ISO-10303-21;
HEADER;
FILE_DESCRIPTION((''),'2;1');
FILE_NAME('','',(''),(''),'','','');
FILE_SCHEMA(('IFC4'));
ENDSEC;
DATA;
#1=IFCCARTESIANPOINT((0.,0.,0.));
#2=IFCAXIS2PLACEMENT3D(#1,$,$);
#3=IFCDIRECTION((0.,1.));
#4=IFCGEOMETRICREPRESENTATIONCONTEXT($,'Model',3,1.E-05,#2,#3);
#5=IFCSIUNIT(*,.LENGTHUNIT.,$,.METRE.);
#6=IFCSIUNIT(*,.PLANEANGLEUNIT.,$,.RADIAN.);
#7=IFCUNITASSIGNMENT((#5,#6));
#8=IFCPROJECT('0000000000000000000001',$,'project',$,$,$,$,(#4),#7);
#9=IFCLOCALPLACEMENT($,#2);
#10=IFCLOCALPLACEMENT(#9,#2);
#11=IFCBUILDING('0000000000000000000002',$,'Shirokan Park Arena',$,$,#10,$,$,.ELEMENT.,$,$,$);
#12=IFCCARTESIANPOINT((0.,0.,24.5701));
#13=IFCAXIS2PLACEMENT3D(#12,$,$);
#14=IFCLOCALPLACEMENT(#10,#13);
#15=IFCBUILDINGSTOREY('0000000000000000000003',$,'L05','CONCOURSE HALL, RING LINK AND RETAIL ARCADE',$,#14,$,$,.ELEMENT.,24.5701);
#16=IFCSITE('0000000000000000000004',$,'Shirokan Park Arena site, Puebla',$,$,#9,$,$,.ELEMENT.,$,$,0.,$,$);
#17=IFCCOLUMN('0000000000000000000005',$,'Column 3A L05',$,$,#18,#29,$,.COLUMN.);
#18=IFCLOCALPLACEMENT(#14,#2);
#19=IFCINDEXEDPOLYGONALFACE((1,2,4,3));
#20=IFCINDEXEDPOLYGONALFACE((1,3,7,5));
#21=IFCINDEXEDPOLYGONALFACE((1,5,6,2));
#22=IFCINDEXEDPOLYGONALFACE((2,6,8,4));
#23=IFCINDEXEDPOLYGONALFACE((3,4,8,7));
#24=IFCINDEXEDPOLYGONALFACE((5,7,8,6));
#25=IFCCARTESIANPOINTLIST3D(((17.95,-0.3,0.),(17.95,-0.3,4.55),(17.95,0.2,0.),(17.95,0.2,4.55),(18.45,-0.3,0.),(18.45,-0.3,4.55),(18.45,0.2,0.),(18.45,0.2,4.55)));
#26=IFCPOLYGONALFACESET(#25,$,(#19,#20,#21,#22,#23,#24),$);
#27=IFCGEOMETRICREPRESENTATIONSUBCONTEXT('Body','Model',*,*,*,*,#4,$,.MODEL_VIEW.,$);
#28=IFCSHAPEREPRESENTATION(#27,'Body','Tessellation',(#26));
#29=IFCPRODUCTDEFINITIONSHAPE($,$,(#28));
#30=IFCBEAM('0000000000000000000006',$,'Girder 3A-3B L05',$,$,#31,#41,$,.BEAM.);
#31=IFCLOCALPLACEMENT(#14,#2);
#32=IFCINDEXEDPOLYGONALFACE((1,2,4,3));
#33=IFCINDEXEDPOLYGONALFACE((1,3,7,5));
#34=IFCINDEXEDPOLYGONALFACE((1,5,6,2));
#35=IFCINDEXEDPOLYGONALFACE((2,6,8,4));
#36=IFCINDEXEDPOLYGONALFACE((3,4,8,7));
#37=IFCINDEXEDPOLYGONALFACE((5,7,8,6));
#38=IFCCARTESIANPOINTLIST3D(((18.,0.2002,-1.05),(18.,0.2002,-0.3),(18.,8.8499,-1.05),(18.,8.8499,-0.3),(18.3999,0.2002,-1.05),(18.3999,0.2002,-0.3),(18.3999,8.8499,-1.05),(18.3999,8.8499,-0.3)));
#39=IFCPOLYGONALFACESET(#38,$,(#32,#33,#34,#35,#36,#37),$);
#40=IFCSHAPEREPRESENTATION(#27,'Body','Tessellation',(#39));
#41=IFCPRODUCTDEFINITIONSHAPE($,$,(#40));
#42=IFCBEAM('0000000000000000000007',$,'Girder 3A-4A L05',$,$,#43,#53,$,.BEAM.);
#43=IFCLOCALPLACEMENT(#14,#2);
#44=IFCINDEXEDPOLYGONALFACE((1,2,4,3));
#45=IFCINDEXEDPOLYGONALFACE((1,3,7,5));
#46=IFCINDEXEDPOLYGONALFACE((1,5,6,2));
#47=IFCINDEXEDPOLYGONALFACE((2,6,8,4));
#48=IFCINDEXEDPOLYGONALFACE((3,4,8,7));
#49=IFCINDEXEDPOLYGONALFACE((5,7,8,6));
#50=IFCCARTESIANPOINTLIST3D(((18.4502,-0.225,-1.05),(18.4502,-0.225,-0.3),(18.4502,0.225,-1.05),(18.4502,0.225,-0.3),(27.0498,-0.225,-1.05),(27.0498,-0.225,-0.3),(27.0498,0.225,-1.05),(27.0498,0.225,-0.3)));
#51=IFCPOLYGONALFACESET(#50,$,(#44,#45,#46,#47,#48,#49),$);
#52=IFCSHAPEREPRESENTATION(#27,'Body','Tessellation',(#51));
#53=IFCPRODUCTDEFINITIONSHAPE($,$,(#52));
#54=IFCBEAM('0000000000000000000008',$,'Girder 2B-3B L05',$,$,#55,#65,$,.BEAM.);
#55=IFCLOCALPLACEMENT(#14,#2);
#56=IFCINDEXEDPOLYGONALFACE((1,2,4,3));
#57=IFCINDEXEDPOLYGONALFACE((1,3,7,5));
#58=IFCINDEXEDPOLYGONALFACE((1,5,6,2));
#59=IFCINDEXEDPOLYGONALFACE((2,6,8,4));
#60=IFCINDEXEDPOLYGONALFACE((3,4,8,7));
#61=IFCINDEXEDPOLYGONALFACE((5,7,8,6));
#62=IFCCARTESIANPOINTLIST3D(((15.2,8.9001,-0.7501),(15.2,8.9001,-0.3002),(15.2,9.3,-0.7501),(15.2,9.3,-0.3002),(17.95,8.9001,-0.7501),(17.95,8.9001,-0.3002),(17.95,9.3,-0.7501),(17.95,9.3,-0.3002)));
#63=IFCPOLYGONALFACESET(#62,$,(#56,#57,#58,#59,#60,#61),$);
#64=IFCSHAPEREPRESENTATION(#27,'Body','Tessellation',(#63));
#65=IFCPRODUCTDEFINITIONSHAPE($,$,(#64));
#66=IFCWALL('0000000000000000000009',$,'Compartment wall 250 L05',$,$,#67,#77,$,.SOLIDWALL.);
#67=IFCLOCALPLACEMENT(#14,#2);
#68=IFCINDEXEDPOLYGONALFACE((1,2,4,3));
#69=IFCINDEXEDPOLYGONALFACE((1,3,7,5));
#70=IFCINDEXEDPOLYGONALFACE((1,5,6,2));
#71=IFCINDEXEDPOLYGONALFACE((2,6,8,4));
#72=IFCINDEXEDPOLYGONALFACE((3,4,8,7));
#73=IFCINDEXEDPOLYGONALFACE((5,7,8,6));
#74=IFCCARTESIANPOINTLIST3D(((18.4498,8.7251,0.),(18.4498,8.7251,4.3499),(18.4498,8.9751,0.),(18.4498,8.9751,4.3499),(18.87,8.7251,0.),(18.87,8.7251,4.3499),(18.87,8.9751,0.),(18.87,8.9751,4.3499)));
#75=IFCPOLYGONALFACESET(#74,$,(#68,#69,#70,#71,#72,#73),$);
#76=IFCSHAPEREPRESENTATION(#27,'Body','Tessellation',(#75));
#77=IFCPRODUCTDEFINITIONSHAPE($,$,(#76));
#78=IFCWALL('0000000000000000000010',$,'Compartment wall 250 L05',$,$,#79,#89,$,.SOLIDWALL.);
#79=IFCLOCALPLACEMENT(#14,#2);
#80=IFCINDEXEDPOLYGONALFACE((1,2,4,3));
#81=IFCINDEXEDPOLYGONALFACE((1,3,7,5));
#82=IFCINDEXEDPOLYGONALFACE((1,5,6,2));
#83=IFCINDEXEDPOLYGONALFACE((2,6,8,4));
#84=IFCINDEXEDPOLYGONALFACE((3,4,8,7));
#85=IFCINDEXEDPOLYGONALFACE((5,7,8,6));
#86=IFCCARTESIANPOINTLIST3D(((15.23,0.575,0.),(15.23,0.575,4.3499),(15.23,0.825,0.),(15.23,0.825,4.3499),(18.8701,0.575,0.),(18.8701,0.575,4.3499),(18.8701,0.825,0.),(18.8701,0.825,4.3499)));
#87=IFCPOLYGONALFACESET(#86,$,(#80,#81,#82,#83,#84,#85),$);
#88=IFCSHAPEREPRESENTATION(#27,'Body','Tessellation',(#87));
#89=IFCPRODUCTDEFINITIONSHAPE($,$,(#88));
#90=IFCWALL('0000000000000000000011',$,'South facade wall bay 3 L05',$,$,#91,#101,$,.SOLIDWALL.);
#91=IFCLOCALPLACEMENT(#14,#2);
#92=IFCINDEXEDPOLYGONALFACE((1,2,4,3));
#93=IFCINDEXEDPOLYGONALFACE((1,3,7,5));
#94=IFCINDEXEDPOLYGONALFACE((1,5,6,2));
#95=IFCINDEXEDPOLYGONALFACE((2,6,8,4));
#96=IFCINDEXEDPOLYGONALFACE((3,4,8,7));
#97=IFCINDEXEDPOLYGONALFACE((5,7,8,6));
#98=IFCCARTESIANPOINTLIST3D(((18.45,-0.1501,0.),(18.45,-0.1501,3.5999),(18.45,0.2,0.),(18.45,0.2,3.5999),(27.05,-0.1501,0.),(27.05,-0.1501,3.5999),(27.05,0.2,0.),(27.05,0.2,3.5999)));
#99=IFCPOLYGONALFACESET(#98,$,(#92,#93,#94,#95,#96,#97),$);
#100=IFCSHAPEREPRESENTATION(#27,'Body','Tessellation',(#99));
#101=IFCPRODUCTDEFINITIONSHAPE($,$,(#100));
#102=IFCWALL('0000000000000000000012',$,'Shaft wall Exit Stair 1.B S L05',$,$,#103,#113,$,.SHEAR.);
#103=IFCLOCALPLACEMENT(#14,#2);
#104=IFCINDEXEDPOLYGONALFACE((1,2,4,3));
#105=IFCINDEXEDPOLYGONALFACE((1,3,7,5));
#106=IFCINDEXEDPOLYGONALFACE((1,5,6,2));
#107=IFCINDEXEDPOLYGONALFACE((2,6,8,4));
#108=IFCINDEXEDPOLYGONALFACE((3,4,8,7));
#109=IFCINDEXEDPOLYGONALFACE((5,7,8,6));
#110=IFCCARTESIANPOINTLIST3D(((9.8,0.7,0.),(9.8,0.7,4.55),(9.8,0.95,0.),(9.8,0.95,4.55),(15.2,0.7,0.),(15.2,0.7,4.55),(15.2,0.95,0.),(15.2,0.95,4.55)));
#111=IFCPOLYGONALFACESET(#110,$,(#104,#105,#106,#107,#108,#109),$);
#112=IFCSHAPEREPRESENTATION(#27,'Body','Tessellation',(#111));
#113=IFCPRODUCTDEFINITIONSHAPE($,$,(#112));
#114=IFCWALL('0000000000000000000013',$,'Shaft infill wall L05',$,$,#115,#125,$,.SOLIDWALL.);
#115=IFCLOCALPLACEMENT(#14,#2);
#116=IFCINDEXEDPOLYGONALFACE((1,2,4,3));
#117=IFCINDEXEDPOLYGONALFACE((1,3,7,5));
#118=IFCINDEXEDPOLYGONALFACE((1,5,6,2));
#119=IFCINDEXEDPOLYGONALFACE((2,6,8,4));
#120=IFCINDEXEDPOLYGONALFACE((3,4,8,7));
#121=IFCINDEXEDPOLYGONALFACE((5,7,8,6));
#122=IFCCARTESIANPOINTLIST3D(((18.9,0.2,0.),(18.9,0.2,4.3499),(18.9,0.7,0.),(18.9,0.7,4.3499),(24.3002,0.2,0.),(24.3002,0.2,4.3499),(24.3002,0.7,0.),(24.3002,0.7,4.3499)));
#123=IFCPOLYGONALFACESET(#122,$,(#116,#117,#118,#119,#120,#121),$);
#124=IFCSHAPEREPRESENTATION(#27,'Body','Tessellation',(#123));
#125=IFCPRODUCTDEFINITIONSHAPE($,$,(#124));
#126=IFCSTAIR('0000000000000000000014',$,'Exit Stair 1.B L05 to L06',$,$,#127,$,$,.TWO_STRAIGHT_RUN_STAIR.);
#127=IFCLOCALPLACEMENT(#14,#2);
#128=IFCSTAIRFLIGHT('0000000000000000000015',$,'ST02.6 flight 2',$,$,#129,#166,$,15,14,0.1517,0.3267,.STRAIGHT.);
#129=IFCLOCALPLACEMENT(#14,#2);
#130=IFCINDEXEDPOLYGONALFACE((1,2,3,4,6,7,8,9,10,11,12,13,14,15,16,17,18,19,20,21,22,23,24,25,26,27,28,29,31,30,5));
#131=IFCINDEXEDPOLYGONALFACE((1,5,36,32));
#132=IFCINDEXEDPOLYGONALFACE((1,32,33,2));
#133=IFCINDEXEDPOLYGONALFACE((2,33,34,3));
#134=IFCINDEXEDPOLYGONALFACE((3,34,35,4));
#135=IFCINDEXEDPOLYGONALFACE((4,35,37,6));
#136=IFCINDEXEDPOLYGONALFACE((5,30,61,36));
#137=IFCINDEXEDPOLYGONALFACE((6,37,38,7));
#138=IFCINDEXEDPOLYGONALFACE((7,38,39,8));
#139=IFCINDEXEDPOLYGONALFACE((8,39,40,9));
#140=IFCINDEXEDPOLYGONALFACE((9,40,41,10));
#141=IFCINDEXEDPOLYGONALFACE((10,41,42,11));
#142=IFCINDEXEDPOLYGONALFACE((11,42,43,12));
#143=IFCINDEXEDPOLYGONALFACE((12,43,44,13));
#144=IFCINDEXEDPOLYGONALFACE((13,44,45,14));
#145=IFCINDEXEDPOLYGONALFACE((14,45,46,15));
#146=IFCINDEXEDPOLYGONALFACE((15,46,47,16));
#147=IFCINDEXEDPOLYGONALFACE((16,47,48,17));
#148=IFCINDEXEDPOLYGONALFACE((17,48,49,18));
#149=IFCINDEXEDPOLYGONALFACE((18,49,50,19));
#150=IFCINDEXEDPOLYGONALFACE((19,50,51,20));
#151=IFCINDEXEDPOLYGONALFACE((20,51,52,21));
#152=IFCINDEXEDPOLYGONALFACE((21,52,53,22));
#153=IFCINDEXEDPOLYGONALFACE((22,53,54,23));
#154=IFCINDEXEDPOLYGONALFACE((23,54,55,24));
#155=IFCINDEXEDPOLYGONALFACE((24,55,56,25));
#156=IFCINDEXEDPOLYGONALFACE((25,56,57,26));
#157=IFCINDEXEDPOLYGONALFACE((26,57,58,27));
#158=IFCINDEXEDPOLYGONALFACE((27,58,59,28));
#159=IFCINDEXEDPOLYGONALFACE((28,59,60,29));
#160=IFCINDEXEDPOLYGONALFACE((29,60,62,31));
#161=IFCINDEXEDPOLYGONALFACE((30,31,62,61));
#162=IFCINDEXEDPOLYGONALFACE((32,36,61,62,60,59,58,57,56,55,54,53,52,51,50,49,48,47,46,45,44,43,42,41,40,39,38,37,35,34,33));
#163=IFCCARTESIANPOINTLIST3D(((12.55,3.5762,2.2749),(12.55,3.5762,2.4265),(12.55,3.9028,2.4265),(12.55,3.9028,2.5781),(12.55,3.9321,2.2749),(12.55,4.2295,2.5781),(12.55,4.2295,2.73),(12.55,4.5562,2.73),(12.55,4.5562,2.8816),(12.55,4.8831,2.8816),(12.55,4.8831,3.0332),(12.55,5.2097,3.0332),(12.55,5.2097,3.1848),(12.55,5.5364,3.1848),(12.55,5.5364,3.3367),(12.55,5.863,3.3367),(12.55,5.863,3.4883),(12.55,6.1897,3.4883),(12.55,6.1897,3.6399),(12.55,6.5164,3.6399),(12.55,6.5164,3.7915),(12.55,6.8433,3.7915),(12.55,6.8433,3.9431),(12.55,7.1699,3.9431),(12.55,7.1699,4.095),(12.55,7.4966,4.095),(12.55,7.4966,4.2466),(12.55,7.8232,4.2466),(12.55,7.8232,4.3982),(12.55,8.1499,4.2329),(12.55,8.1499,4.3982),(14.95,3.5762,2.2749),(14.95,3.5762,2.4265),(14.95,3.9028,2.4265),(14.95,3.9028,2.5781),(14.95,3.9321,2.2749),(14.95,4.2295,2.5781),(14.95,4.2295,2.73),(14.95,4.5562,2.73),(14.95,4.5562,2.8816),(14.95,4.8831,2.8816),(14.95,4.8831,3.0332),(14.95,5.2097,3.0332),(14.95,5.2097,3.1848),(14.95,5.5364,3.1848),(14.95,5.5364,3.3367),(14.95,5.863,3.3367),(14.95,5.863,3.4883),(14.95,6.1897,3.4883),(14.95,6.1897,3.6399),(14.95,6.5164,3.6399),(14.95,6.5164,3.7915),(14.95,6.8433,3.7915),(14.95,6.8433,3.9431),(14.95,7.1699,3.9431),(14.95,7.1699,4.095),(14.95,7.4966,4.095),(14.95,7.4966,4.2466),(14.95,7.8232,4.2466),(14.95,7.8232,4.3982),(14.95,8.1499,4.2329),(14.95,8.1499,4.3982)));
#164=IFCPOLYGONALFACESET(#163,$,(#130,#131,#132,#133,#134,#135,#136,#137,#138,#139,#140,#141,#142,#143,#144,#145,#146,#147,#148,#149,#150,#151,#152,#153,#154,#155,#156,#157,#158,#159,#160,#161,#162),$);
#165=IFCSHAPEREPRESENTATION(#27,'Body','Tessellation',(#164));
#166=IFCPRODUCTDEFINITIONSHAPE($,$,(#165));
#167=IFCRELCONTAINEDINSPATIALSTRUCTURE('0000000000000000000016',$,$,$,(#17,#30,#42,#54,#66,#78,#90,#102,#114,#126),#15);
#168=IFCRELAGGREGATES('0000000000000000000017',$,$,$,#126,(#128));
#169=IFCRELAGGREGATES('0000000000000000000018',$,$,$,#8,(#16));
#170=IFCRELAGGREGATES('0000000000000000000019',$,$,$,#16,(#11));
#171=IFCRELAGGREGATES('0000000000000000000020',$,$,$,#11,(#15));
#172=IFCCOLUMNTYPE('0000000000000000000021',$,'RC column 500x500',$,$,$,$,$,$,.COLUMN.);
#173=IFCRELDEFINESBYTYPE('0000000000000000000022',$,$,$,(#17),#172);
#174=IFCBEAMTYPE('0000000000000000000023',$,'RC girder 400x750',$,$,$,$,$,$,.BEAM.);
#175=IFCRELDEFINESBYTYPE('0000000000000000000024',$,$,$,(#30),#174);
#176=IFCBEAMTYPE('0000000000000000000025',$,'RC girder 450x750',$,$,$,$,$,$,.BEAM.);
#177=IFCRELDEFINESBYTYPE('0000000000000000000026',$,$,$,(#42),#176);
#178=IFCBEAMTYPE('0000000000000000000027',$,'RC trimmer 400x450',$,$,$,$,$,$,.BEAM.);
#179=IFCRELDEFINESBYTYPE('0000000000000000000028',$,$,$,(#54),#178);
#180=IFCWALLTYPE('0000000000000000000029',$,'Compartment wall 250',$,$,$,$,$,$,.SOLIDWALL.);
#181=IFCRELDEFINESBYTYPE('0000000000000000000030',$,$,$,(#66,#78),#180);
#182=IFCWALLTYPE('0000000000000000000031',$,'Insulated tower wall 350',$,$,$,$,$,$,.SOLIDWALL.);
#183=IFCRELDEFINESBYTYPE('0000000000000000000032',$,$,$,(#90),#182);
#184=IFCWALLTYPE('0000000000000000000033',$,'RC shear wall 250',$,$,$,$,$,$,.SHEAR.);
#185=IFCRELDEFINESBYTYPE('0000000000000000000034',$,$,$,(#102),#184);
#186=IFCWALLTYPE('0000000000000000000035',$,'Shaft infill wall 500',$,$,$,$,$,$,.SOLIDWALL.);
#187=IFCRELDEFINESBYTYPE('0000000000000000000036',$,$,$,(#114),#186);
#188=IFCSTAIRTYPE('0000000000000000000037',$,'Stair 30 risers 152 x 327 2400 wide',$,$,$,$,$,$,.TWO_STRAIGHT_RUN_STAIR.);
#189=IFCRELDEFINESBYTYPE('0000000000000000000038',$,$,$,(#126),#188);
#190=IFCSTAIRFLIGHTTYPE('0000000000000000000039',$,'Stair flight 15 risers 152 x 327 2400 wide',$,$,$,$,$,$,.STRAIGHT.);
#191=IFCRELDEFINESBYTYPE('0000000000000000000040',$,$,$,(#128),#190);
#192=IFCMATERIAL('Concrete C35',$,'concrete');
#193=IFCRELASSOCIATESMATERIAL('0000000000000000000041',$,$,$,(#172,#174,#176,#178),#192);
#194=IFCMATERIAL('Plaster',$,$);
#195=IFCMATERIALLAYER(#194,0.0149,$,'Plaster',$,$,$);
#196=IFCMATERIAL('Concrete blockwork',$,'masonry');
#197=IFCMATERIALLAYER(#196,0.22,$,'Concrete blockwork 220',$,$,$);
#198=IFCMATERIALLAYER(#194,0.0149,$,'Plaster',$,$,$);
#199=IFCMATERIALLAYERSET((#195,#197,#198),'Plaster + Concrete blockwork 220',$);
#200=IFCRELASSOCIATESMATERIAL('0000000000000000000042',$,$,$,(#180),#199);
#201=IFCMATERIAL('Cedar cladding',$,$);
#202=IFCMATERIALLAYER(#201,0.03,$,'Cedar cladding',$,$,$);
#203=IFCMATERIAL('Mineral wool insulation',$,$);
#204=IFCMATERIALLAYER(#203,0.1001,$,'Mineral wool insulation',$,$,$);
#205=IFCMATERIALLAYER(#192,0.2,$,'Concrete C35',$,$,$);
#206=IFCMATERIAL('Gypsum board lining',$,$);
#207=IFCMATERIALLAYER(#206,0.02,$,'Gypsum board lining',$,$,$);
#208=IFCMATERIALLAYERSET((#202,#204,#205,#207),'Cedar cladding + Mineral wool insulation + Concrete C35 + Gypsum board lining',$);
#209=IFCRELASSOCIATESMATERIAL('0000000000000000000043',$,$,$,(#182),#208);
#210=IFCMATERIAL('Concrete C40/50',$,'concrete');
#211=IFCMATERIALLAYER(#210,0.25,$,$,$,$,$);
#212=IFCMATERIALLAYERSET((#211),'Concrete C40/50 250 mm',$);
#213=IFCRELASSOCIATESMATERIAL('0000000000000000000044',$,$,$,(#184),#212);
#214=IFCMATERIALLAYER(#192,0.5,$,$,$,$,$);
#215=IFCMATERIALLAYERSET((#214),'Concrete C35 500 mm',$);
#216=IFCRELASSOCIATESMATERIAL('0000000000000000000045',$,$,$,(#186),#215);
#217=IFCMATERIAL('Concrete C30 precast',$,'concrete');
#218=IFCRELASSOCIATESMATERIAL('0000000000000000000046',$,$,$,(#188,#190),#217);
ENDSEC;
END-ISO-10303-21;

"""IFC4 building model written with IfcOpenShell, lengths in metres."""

from ifc_helpers import new_model, si_unit, direction, frame, frame_2d, origin, origin_2d, place, context, subcontext, project, spatial, polyline, rectangle, outline, extrude, material, layer, layer_set, material_profile, profile_set, type_object, element, aggregate, save


model = new_model("IFC4")

# Units and contexts
model_context = context("Model", 3, precision=1e-05, world=origin(), true_north=direction((0.0, 1.0)))
body_context = subcontext(model_context, "Body", "Model", "MODEL_VIEW")
ifc_project = project(units=[si_unit("LENGTHUNIT", "METRE"), si_unit("PLANEANGLEUNIT", "RADIAN")], contexts=[model_context])

# Site, building, storey
site_placement = place(None, origin())
site = spatial("IfcSite", under=ifc_project, at=site_placement, Name="Shirokan Park Arena site, Puebla", CompositionType="ELEMENT", RefElevation=0.0)
building_placement = place(site_placement, origin())
building = spatial("IfcBuilding", under=site, at=building_placement, Name="Shirokan Park Arena", CompositionType="ELEMENT")
storey_placement = place(building_placement, frame((0.0, 0.0, 24.5701)))
storey = spatial("IfcBuildingStorey", under=building, at=storey_placement, Name="L05", Description="CONCOURSE HALL, RING LINK AND RETAIL ARCADE", CompositionType="ELEMENT", Elevation=24.5701)

# Column
ifc_material_1 = material(Name="Concrete C35", Category="concrete")
ifc_material_profile_1 = material_profile(ifc_material_1, rectangle(XDim=0.5, YDim=0.5, at=origin_2d()), Name="500x500")
ifc_profile_set_1 = profile_set([ifc_material_profile_1], Name="Concrete C35")
column_type = type_object("IfcColumnType", Name="RC column 500x500", PredefinedType="COLUMN", material=ifc_profile_set_1)
column_placement = place(storey_placement, frame((18.2, -0.05, 0.0), z_axis=(0.0, 0.0, 1.0), x_axis=(1.0, 0.0, 0.0)))
element("IfcColumn", 1, at=column_placement, inside=storey, type_object=column_type, Name="Column 3A L05", PredefinedType="COLUMN", context=body_context, shape_type="SweptSolid", body=[
    extrude(rectangle(XDim=0.5, YDim=0.5, at=origin_2d()), origin(), (0.0, 0.0, 1.0), 4.55),
])

# Beams
ifc_material_profile_2 = material_profile(ifc_material_1, rectangle(XDim=0.3999, YDim=0.75, at=origin_2d()), Name="400x750")
ifc_profile_set_2 = profile_set([ifc_material_profile_2], Name="Concrete C35")
beam_type_1 = type_object("IfcBeamType", Name="RC girder 400x750", PredefinedType="BEAM", material=ifc_profile_set_2)
beam_1_placement = place(storey_placement, frame((18.2, 0.2002, -0.675), z_axis=(0.0, 1.0, 0.0), x_axis=(-1.0, 0.0, 0.0)))
element("IfcBeam", 2, at=beam_1_placement, inside=storey, type_object=beam_type_1, Name="Girder 3A-3B L05", PredefinedType="BEAM", context=body_context, shape_type="SweptSolid", body=[
    extrude(rectangle(XDim=0.3999, YDim=0.75, at=origin_2d()), origin(), (0.0, 0.0, 1.0), 8.6497),
])
ifc_material_profile_3 = material_profile(ifc_material_1, rectangle(XDim=0.45, YDim=0.75, at=origin_2d()), Name="450x750")
ifc_profile_set_3 = profile_set([ifc_material_profile_3], Name="Concrete C35")
beam_type_2 = type_object("IfcBeamType", Name="RC girder 450x750", PredefinedType="BEAM", material=ifc_profile_set_3)
beam_2_placement = place(storey_placement, frame((18.4502, 0.0, -0.675), z_axis=(1.0, 0.0, 0.0), x_axis=(0.0, 1.0, 0.0)))
element("IfcBeam", 3, at=beam_2_placement, inside=storey, type_object=beam_type_2, Name="Girder 3A-4A L05", PredefinedType="BEAM", context=body_context, shape_type="SweptSolid", body=[
    extrude(rectangle(XDim=0.45, YDim=0.75, at=origin_2d()), origin(), (0.0, 0.0, 1.0), 8.5996),
])
ifc_material_profile_4 = material_profile(ifc_material_1, rectangle(XDim=0.3999, YDim=0.45, at=origin_2d()), Name="400x450")
ifc_profile_set_4 = profile_set([ifc_material_profile_4], Name="Concrete C35")
beam_type_3 = type_object("IfcBeamType", Name="RC trimmer 400x450", PredefinedType="BEAM", material=ifc_profile_set_4)
beam_3_placement = place(storey_placement, frame((15.2, 9.1001, -0.5251), z_axis=(1.0, 0.0, 0.0), x_axis=(0.0, 1.0, 0.0)))
element("IfcBeam", 4, at=beam_3_placement, inside=storey, type_object=beam_type_3, Name="Girder 2B-3B L05", PredefinedType="BEAM", context=body_context, shape_type="SweptSolid", body=[
    extrude(rectangle(XDim=0.3999, YDim=0.45, at=origin_2d()), origin(), (0.0, 0.0, 1.0), 2.75),
])

# Walls
ifc_material_2 = material(Name="Plaster")
ifc_layer_1 = layer(ifc_material_2, 0.0149, Name="Plaster")
ifc_material_3 = material(Name="Concrete blockwork", Category="masonry")
ifc_layer_2 = layer(ifc_material_3, 0.22, Name="Concrete blockwork 220")
ifc_layer_3 = layer(ifc_material_2, 0.0149, Name="Plaster")
ifc_layer_set_1 = layer_set([ifc_layer_1, ifc_layer_2, ifc_layer_3], Name="Plaster + Concrete blockwork 220")
wall_type_1 = type_object("IfcWallType", Name="Compartment wall 250", PredefinedType="SOLIDWALL", material=ifc_layer_set_1)
wall_1_placement = place(storey_placement, frame((18.45, 8.8501, 0.0), z_axis=(0.0, 0.0, 1.0), x_axis=(1.0, 0.0, 0.0)))
element("IfcWall", 5, at=wall_1_placement, inside=storey, type_object=wall_type_1, Name="Compartment wall 250 L05", PredefinedType="SOLIDWALL", context=body_context, shape_type="SweptSolid", body=[
    extrude(rectangle(XDim=0.4202, YDim=0.25, at=frame_2d((0.21, 0.0))), origin(), (0.0, 0.0, 1.0), 4.3499),
])
wall_2_placement = place(storey_placement, frame((18.8701, 0.7, 0.0), z_axis=(0.0, 0.0, 1.0), x_axis=(-1.0, 0.0, 0.0)))
element("IfcWall", 6, at=wall_2_placement, inside=storey, type_object=wall_type_1, Name="Compartment wall 250 L05", PredefinedType="SOLIDWALL", context=body_context, shape_type="SweptSolid", body=[
    extrude(rectangle(XDim=3.6401, YDim=0.25, at=frame_2d((1.8201, 0.0))), origin(), (0.0, 0.0, 1.0), 4.3499),
])
ifc_material_4 = material(Name="Cedar cladding")
ifc_layer_4 = layer(ifc_material_4, 0.03, Name="Cedar cladding")
ifc_material_5 = material(Name="Mineral wool insulation")
ifc_layer_5 = layer(ifc_material_5, 0.1001, Name="Mineral wool insulation")
ifc_layer_6 = layer(ifc_material_1, 0.2, Name="Concrete C35")
ifc_material_6 = material(Name="Gypsum board lining")
ifc_layer_7 = layer(ifc_material_6, 0.02, Name="Gypsum board lining")
ifc_layer_set_2 = layer_set([ifc_layer_4, ifc_layer_5, ifc_layer_6, ifc_layer_7], Name="Cedar cladding + Mineral wool insulation + Concrete C35 + Gypsum board lining")
wall_type_2 = type_object("IfcWallType", Name="Insulated tower wall 350", PredefinedType="SOLIDWALL", material=ifc_layer_set_2)
wall_3_placement = place(storey_placement, frame((18.45, 0.0249, 0.0), z_axis=(0.0, 0.0, 1.0), x_axis=(1.0, 0.0, 0.0)))
element("IfcWall", 7, at=wall_3_placement, inside=storey, type_object=wall_type_2, Name="South facade wall bay 3 L05", PredefinedType="SOLIDWALL", context=body_context, shape_type="SweptSolid", body=[
    extrude(rectangle(XDim=8.6001, YDim=0.3501, at=frame_2d((4.3, 0.0))), origin(), (0.0, 0.0, 1.0), 3.5999),
])
ifc_material_7 = material(Name="Concrete C40/50", Category="concrete")
ifc_layer_8 = layer(ifc_material_7, 0.25)
ifc_layer_set_3 = layer_set([ifc_layer_8], Name="Concrete C40/50 250 mm")
wall_type_3 = type_object("IfcWallType", Name="RC shear wall 250", PredefinedType="SHEAR", material=ifc_layer_set_3)
wall_4_placement = place(storey_placement, frame((15.2, 0.825, 0.0), z_axis=(0.0, 0.0, 1.0), x_axis=(-1.0, 0.0, 0.0)))
element("IfcWall", 8, at=wall_4_placement, inside=storey, type_object=wall_type_3, Name="Shaft wall Exit Stair 1.B S L05", PredefinedType="SHEAR", context=body_context, shape_type="SweptSolid", body=[
    extrude(rectangle(XDim=5.3999, YDim=0.25, at=frame_2d((2.7, 0.0))), origin(), (0.0, 0.0, 1.0), 4.55),
])
ifc_layer_9 = layer(ifc_material_1, 0.5)
ifc_layer_set_4 = layer_set([ifc_layer_9], Name="Concrete C35 500 mm")
wall_type_4 = type_object("IfcWallType", Name="Shaft infill wall 500", PredefinedType="SOLIDWALL", material=ifc_layer_set_4)
wall_5_placement = place(storey_placement, frame((18.8999, 0.45, 0.0), z_axis=(0.0, 0.0, 1.0), x_axis=(1.0, 0.0, 0.0)))
element("IfcWall", 9, at=wall_5_placement, inside=storey, type_object=wall_type_4, Name="Shaft infill wall L05", PredefinedType="SOLIDWALL", context=body_context, shape_type="SweptSolid", body=[
    extrude(rectangle(XDim=5.4001, YDim=0.5, at=frame_2d((2.7002, 0.0))), origin(), (0.0, 0.0, 1.0), 4.3499),
])

# Stair, stair flight
ifc_material_8 = material(Name="Concrete C30 precast", Category="concrete")
stair_type = type_object("IfcStairType", Name="Stair 30 risers 152 x 327 2400 wide", PredefinedType="TWO_STRAIGHT_RUN_STAIR", material=ifc_material_8)
stair_1_placement = place(storey_placement, origin())
stair_1 = element("IfcStair", 10, at=stair_1_placement, inside=storey, type_object=stair_type, Name="Exit Stair 1.B L05 to L06", PredefinedType="TWO_STRAIGHT_RUN_STAIR")
stair_flight_type = type_object("IfcStairFlightType", Name="Stair flight 15 risers 152 x 327 2400 wide", PredefinedType="STRAIGHT", material=ifc_material_8)
stair_flight_1_placement = place(storey_placement, frame((13.75, 3.5762, 2.2749), z_axis=(0.0, 0.0, 1.0), x_axis=(0.0, 1.0, 0.0)))
stair_flight_1 = element("IfcStairFlight", 11, at=stair_flight_1_placement, type_object=stair_flight_type, Name="ST02.6 flight 2", NumberOfRisers=15, NumberOfTreads=14, PredefinedType="STRAIGHT", RiserHeight=0.1517, TreadLength=0.3267, context=body_context, shape_type="SweptSolid", body=[
    extrude(outline(polyline([(0.0, 0.0), (0.0, 0.1516), (0.3267, 0.1516), (0.3267, 0.3032), (0.6533, 0.3032), (0.6533, 0.4551), (0.98, 0.4551), (0.98, 0.6067), (1.3069, 0.6067), (1.3069, 0.7583), (1.6335, 0.7583), (1.6335, 0.9099), (1.9602, 0.9099), (1.9602, 1.0618), (2.2869, 1.0618), (2.2869, 1.2134), (2.6135, 1.2134), (2.6135, 1.365), (2.9402, 1.365), (2.9402, 1.5166), (3.2671, 1.5166), (3.2671, 1.6682), (3.5938, 1.6682), (3.5938, 1.8201), (3.9204, 1.8201), (3.9204, 1.9717), (4.2471, 1.9717), (4.2471, 2.1233), (4.5737, 2.1233), (4.5737, 2.2749), (4.5737, 1.958), (0.356, 0.0), (0.0, 0.0)])), frame((0.0, 1.2, 0.0), z_axis=(0.0, -1.0, 0.0), x_axis=(1.0, 0.0, 0.0)), (0.0, 0.0, 1.0), 2.3999),
])
aggregate(stair_1, [stair_flight_1])

save(model, "model.ifc")
